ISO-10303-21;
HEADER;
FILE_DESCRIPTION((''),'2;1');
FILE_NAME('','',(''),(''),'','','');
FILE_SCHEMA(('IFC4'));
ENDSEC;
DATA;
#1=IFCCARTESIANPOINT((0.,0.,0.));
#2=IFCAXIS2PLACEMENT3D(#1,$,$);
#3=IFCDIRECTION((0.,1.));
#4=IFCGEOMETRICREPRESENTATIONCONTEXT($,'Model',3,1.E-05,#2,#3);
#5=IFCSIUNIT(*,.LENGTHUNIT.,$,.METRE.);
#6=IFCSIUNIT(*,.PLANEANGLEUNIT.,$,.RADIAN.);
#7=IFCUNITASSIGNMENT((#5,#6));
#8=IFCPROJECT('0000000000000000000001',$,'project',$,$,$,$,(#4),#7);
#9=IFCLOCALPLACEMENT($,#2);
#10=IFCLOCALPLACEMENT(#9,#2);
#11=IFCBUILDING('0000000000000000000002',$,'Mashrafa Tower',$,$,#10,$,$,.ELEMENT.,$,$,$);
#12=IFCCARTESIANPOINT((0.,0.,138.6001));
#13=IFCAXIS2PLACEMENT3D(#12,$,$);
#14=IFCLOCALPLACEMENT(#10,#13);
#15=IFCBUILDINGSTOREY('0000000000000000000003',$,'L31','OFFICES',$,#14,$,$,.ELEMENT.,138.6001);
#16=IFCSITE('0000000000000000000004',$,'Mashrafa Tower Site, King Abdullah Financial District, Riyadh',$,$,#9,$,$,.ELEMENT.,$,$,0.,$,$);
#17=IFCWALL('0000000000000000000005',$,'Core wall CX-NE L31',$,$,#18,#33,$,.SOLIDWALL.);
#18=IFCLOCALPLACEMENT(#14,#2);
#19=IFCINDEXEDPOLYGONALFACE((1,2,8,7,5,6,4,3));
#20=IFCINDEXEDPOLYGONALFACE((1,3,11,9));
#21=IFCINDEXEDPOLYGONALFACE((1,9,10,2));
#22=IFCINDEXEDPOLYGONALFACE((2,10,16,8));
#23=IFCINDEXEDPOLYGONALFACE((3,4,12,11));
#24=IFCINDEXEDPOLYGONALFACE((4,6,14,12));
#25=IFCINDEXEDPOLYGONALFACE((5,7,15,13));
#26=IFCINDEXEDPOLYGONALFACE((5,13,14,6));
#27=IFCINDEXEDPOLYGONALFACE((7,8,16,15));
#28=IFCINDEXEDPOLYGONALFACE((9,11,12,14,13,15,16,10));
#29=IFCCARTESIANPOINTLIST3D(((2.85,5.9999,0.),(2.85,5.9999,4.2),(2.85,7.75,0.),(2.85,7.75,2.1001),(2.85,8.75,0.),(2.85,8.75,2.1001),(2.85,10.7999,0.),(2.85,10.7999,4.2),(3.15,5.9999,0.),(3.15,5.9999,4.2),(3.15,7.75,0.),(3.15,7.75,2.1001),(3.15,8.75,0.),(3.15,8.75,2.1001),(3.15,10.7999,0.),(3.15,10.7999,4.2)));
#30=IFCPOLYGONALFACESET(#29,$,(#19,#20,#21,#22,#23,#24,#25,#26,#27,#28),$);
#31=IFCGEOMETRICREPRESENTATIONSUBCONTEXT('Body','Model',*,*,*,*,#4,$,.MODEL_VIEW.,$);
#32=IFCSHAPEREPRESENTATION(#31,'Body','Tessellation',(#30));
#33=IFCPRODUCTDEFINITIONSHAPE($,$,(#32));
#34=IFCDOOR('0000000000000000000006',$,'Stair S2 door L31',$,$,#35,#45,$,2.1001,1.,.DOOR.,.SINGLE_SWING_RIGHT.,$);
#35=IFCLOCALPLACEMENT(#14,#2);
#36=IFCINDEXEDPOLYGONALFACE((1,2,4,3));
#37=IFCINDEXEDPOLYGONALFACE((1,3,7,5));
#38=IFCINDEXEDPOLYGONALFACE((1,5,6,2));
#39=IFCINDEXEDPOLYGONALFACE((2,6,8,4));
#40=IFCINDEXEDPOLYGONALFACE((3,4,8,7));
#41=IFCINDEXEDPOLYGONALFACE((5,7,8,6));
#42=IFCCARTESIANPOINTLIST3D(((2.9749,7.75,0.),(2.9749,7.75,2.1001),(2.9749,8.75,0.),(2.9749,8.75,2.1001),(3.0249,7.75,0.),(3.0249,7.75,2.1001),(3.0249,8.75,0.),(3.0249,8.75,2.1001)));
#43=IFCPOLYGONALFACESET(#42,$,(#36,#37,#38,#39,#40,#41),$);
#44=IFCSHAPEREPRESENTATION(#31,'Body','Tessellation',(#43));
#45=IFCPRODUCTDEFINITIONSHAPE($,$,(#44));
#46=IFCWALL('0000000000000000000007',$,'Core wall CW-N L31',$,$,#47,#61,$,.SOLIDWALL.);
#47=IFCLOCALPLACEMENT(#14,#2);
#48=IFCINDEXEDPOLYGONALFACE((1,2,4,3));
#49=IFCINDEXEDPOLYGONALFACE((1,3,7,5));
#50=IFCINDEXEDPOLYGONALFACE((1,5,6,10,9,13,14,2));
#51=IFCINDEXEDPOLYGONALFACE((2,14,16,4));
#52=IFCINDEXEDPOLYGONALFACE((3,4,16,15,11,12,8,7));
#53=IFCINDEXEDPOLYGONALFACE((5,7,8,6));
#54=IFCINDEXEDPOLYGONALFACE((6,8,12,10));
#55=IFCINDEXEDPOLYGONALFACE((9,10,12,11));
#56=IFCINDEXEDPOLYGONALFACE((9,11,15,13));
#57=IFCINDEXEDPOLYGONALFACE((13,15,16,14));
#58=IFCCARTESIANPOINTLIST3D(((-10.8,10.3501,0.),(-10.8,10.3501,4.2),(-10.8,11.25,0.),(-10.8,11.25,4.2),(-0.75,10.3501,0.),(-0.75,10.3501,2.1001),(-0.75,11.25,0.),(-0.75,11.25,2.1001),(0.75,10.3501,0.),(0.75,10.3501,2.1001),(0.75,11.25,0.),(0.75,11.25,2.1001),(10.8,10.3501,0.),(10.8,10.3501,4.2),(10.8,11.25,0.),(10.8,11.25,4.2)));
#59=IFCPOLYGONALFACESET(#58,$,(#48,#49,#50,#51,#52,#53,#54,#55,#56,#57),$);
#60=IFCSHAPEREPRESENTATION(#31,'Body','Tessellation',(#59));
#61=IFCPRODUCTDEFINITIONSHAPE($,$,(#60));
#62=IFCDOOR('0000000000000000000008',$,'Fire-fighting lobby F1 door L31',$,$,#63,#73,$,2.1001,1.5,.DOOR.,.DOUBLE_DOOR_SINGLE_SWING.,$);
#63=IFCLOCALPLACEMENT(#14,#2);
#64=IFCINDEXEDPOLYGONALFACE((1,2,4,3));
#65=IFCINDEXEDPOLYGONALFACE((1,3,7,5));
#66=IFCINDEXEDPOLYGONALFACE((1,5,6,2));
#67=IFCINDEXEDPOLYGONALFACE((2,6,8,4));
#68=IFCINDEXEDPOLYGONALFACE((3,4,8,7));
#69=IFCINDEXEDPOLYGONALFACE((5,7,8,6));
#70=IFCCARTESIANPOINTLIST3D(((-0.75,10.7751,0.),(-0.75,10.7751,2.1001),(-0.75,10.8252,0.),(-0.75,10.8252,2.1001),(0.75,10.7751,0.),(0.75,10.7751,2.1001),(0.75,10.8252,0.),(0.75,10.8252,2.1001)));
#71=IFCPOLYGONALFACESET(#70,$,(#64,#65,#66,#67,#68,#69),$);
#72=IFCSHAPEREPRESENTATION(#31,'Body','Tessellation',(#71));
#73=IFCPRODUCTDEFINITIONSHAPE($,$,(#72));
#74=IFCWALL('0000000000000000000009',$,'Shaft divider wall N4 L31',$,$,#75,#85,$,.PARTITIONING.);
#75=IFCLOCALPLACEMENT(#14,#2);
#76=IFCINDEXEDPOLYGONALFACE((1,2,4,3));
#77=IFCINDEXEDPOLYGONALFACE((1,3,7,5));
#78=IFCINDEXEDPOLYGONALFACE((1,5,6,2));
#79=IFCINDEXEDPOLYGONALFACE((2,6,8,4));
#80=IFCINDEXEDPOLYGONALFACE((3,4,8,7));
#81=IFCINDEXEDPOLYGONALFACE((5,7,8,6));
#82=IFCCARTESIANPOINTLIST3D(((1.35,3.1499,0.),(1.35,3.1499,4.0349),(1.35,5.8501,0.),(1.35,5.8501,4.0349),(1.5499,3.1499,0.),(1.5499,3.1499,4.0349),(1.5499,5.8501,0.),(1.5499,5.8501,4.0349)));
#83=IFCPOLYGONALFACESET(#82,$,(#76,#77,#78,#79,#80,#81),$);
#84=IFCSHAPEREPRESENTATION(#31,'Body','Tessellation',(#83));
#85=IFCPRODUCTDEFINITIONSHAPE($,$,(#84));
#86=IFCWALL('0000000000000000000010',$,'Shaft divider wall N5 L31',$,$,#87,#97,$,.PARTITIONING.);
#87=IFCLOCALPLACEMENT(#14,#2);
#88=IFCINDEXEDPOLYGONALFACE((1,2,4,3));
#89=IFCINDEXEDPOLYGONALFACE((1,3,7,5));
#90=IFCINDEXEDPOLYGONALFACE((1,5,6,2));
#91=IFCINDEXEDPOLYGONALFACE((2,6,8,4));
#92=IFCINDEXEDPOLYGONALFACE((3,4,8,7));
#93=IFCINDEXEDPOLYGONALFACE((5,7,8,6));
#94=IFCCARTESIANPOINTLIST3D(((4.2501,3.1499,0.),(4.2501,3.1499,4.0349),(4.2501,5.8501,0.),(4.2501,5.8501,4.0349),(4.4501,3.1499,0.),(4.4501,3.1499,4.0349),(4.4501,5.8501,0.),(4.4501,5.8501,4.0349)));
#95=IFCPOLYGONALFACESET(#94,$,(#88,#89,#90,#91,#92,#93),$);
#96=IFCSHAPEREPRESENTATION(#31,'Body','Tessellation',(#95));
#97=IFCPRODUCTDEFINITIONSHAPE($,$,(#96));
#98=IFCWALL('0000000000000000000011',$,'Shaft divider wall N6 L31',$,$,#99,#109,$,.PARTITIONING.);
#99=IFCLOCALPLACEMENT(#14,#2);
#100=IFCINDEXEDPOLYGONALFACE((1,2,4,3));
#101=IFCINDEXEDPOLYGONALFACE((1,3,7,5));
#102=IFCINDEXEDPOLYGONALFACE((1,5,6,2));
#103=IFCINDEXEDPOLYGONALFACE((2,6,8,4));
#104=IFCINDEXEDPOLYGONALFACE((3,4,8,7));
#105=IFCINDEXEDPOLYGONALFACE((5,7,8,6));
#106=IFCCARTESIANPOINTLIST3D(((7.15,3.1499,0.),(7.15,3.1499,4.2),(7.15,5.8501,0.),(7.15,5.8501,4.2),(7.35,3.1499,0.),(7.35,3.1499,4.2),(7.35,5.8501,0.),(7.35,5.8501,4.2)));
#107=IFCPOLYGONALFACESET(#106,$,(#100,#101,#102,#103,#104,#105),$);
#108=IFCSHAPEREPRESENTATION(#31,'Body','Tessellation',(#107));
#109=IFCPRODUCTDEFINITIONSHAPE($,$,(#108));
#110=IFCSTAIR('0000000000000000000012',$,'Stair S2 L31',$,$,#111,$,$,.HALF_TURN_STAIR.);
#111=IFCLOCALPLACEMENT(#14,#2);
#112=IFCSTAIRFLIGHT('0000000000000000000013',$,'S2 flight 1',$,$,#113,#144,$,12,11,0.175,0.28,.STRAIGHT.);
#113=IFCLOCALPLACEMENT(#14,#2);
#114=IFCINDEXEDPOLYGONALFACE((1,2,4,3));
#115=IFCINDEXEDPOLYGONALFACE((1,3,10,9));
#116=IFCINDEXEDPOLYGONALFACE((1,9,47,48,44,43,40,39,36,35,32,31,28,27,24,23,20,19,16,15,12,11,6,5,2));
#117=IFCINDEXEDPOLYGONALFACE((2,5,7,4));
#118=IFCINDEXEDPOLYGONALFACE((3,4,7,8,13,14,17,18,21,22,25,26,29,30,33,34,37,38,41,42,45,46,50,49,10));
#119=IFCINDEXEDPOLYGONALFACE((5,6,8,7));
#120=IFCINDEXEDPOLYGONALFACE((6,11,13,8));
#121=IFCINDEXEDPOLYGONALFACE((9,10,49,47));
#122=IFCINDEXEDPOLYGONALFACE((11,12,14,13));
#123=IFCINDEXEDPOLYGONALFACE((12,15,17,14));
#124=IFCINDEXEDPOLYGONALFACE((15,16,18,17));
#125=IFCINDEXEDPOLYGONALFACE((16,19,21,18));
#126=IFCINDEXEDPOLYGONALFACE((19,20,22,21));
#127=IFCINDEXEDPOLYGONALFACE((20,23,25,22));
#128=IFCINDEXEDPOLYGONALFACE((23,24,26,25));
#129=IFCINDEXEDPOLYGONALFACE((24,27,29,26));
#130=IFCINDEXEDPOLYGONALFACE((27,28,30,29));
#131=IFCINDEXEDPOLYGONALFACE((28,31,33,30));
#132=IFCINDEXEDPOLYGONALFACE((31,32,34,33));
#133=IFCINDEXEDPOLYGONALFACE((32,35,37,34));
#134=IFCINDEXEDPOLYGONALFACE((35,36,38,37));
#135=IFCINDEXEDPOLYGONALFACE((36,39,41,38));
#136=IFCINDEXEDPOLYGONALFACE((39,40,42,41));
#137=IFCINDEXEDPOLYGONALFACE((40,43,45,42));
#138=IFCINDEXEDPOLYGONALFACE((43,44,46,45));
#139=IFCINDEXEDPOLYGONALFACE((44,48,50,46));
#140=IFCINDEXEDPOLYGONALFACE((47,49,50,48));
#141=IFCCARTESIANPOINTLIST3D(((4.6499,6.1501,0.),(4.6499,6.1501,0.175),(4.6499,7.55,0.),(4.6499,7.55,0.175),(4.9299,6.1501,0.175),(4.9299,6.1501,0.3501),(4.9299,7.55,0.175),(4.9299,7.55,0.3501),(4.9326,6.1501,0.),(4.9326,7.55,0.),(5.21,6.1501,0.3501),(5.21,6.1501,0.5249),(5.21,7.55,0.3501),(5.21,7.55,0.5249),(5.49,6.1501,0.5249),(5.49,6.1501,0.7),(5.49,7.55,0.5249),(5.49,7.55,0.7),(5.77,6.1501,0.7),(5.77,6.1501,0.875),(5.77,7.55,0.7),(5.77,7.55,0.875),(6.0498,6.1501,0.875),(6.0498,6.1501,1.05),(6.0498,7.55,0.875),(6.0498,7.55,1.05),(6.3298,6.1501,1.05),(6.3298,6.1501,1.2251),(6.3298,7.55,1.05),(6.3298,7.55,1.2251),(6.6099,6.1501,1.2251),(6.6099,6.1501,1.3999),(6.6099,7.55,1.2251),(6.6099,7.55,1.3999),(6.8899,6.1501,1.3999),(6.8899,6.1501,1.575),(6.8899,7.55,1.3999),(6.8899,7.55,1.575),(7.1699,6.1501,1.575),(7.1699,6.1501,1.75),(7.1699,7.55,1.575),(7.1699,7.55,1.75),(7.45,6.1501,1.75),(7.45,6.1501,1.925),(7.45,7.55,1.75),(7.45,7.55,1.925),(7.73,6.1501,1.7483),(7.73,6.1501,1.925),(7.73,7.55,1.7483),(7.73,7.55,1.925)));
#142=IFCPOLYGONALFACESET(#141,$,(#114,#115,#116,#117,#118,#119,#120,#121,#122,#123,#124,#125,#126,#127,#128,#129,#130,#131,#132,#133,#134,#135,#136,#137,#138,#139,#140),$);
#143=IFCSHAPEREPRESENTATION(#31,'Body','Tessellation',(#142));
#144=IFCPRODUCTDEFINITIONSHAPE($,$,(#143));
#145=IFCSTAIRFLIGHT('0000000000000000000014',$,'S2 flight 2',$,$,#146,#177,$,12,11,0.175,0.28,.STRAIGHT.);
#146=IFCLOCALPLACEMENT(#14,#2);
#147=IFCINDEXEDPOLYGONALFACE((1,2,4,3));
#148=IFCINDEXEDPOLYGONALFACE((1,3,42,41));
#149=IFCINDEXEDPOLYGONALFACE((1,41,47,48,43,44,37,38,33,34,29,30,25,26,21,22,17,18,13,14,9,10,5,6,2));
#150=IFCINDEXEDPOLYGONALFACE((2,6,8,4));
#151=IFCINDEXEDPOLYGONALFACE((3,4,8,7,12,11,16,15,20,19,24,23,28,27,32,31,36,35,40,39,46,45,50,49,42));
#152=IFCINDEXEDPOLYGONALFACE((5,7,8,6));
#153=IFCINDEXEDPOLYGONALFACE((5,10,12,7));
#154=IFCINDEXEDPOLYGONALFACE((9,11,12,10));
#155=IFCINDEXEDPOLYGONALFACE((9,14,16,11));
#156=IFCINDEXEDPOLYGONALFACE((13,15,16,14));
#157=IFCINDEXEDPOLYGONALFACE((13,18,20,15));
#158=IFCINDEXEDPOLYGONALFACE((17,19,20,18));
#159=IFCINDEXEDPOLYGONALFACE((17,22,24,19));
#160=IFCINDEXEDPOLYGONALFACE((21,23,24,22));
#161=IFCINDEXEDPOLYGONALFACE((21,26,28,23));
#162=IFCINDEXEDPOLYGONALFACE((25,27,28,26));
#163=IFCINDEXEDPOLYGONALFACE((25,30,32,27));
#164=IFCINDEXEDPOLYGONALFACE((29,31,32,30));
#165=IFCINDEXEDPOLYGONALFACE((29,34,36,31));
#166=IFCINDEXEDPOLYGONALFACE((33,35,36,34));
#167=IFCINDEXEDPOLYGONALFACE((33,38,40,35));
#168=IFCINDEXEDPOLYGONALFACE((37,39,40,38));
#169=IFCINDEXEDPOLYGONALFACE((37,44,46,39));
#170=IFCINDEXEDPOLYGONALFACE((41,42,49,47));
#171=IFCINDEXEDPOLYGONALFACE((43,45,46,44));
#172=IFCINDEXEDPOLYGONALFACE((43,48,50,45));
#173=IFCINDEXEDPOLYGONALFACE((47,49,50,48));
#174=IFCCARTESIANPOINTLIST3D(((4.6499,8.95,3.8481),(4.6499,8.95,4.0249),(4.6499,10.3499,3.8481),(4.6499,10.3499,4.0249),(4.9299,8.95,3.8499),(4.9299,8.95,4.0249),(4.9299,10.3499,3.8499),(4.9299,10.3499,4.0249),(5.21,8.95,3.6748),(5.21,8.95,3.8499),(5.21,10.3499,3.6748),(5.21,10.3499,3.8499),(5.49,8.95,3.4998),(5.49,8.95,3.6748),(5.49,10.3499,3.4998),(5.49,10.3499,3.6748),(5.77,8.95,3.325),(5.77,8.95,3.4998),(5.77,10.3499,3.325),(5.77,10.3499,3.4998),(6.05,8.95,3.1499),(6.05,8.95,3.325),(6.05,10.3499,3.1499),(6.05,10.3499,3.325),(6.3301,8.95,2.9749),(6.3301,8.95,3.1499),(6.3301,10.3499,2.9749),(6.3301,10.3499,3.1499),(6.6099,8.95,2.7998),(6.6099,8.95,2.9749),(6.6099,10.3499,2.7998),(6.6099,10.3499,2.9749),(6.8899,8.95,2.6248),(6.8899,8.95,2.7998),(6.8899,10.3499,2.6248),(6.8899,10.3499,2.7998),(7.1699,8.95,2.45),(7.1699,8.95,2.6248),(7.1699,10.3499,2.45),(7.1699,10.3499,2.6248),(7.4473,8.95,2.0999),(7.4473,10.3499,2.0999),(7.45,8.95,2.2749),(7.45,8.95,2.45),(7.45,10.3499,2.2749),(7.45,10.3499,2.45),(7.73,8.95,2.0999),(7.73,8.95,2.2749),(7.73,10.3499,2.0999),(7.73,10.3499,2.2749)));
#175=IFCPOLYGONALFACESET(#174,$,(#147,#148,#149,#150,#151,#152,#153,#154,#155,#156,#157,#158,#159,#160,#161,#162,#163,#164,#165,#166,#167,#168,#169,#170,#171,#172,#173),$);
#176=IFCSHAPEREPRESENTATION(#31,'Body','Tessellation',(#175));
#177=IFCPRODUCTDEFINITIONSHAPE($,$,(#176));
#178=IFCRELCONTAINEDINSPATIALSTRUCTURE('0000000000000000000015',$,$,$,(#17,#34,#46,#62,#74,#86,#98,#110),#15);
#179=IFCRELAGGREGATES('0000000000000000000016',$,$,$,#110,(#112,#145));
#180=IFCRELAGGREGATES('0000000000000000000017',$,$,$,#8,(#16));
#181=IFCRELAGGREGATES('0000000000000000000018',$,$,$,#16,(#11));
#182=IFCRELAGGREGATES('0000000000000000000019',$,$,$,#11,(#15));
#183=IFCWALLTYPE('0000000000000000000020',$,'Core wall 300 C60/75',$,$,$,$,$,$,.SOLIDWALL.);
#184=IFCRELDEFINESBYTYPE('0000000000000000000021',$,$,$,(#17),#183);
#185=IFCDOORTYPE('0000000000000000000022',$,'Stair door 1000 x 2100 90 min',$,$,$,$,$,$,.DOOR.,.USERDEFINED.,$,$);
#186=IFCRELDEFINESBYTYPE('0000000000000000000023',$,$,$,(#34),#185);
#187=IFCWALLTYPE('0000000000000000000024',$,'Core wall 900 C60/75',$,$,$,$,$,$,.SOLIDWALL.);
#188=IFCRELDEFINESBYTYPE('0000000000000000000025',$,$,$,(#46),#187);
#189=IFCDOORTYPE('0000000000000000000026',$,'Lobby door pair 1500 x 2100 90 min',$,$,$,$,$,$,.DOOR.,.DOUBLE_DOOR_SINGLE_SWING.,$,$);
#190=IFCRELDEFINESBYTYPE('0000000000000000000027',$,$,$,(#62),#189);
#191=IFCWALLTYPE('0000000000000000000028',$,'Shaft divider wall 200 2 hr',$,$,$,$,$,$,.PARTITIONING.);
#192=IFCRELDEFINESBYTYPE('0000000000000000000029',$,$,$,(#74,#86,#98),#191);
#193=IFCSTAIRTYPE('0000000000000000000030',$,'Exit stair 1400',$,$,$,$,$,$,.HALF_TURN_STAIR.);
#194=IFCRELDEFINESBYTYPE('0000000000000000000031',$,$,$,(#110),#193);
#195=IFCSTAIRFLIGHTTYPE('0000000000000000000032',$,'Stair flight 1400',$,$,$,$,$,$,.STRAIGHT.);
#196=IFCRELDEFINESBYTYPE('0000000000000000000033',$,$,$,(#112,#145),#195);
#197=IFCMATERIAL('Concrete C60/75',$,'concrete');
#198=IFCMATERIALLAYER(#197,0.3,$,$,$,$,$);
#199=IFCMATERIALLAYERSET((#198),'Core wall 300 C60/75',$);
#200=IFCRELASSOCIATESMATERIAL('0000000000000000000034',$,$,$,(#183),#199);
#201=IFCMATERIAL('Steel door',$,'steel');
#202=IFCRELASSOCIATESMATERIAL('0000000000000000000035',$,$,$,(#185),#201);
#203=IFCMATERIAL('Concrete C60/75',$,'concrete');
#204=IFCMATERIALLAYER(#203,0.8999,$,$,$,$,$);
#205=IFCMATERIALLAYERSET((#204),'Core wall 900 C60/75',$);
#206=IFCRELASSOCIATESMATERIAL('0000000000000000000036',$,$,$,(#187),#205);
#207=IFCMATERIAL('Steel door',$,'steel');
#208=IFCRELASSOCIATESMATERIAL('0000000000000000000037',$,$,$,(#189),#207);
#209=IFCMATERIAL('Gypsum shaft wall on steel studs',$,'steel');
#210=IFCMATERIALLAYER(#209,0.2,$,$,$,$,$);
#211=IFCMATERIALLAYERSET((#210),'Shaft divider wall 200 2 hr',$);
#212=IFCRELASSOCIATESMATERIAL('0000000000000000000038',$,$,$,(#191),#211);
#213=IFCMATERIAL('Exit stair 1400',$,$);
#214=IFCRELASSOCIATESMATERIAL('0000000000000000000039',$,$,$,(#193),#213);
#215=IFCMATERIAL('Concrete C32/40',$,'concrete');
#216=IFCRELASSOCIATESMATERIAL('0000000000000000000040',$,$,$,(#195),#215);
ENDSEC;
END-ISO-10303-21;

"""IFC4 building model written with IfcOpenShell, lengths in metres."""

from ifc_helpers import new_model, si_unit, direction, frame, frame_2d, origin, place, context, subcontext, project, spatial, polyline, rectangle, outline, extrude, material, layer, layer_set, type_object, element, fill, aggregate, save


model = new_model("IFC4")

# Units and contexts
model_context = context("Model", 3, precision=1e-05, world=origin(), true_north=direction((0.0, 1.0)))
body_context = subcontext(model_context, "Body", "Model", "MODEL_VIEW")
ifc_project = project(units=[si_unit("LENGTHUNIT", "METRE"), si_unit("PLANEANGLEUNIT", "RADIAN")], contexts=[model_context])

# Site, building, storey
site_placement = place(None, origin())
site = spatial("IfcSite", under=ifc_project, at=site_placement, Name="Mashrafa Tower Site, King Abdullah Financial District, Riyadh", CompositionType="ELEMENT", RefElevation=0.0)
building_placement = place(site_placement, origin())
building = spatial("IfcBuilding", under=site, at=building_placement, Name="Mashrafa Tower", CompositionType="ELEMENT")
storey_placement = place(building_placement, frame((0.0, 0.0, 138.6001)))
storey = spatial("IfcBuildingStorey", under=building, at=storey_placement, Name="L31", Description="OFFICES", CompositionType="ELEMENT", Elevation=138.6001)

# Walls, openings, doors
ifc_material_1 = material(Name="Concrete C60/75", Category="concrete")
ifc_layer_1 = layer(ifc_material_1, 0.3)
ifc_layer_set_1 = layer_set([ifc_layer_1], Name="Core wall 300 C60/75")
wall_type_1 = type_object("IfcWallType", Name="Core wall 300 C60/75", PredefinedType="SOLIDWALL", material=ifc_layer_set_1)
wall_1_placement = place(storey_placement, frame((3.0, 6.0, 0.0), z_axis=(0.0, 0.0, 1.0), x_axis=(0.0, 1.0, 0.0)))
wall_1 = element("IfcWall", 1, at=wall_1_placement, inside=storey, type_object=wall_type_1, Name="Core wall CX-NE L31", PredefinedType="SOLIDWALL", context=body_context, shape_type="SweptSolid", body=[
    extrude(rectangle(XDim=4.8, YDim=0.3, at=frame_2d((2.3999, 0.0))), origin(), (0.0, 0.0, 1.0), 4.2),
])
opening_1_placement = place(wall_1_placement, frame((1.75, 0.0, 0.0)))
opening_1 = element("IfcOpeningElement", 2, at=opening_1_placement, cuts=wall_1, PredefinedType="OPENING", context=body_context, shape_type="SweptSolid", body=[
    extrude(rectangle(XDim=1.0, YDim=2.1001, at=frame_2d((0.5, 1.05))), frame((0.0, 0.1599, 0.0), z_axis=(0.0, -1.0, 0.0), x_axis=(1.0, 0.0, 0.0)), (0.0, 0.0, 1.0), 0.3201),
])
ifc_material_2 = material(Name="Steel door", Category="steel")
door_type_1 = type_object("IfcDoorType", Name="Stair door 1000 x 2100 90 min", OperationType="USERDEFINED", PredefinedType="DOOR", material=ifc_material_2)
door_1_placement = place(opening_1_placement, frame((1.0, 0.0, 0.0), z_axis=(0.0, 0.0, 1.0), x_axis=(-1.0, 0.0, 0.0)))
door_1 = element("IfcDoor", 3, at=door_1_placement, inside=storey, type_object=door_type_1, Name="Stair S2 door L31", OperationType="SINGLE_SWING_RIGHT", OverallHeight=2.1001, OverallWidth=1.0, PredefinedType="DOOR", context=body_context, shape_type="SweptSolid", body=[
    extrude(rectangle(XDim=1.0, YDim=2.1001, at=frame_2d((0.5, 1.05))), frame((0.0, 0.0249, 0.0), z_axis=(0.0, -1.0, 0.0), x_axis=(1.0, 0.0, 0.0)), (0.0, 0.0, 1.0), 0.05),
])
fill(opening_1, door_1)
ifc_material_3 = material(Name="Concrete C60/75", Category="concrete")
ifc_layer_2 = layer(ifc_material_3, 0.8999)
ifc_layer_set_2 = layer_set([ifc_layer_2], Name="Core wall 900 C60/75")
wall_type_2 = type_object("IfcWallType", Name="Core wall 900 C60/75", PredefinedType="SOLIDWALL", material=ifc_layer_set_2)
wall_2_placement = place(storey_placement, frame((10.8, 10.8, 0.0), z_axis=(0.0, 0.0, 1.0), x_axis=(-1.0, 0.0, 0.0)))
wall_2 = element("IfcWall", 4, at=wall_2_placement, inside=storey, type_object=wall_type_2, Name="Core wall CW-N L31", PredefinedType="SOLIDWALL", context=body_context, shape_type="SweptSolid", body=[
    extrude(rectangle(XDim=21.6001, YDim=0.8999, at=frame_2d((10.8, 0.0))), origin(), (0.0, 0.0, 1.0), 4.2),
])
opening_2_placement = place(wall_2_placement, frame((10.05, 0.0, 0.0)))
opening_2 = element("IfcOpeningElement", 5, at=opening_2_placement, cuts=wall_2, PredefinedType="OPENING", context=body_context, shape_type="SweptSolid", body=[
    extrude(rectangle(XDim=1.5, YDim=2.1001, at=frame_2d((0.75, 1.05))), frame((0.0, 0.46, 0.0), z_axis=(0.0, -1.0, 0.0), x_axis=(1.0, 0.0, 0.0)), (0.0, 0.0, 1.0), 0.9199),
])
ifc_material_4 = material(Name="Steel door", Category="steel")
door_type_2 = type_object("IfcDoorType", Name="Lobby door pair 1500 x 2100 90 min", OperationType="DOUBLE_DOOR_SINGLE_SWING", PredefinedType="DOOR", material=ifc_material_4)
door_2_placement = place(opening_2_placement, origin())
door_2 = element("IfcDoor", 6, at=door_2_placement, inside=storey, type_object=door_type_2, Name="Fire-fighting lobby F1 door L31", OperationType="DOUBLE_DOOR_SINGLE_SWING", OverallHeight=2.1001, OverallWidth=1.5, PredefinedType="DOOR", context=body_context, shape_type="SweptSolid", body=[
    extrude(rectangle(XDim=1.5, YDim=2.1001, at=frame_2d((0.75, 1.05))), frame((0.0, 0.0249, 0.0), z_axis=(0.0, -1.0, 0.0), x_axis=(1.0, 0.0, 0.0)), (0.0, 0.0, 1.0), 0.05),
])
fill(opening_2, door_2)

# Walls
ifc_material_5 = material(Name="Gypsum shaft wall on steel studs", Category="steel")
ifc_layer_3 = layer(ifc_material_5, 0.2)
ifc_layer_set_3 = layer_set([ifc_layer_3], Name="Shaft divider wall 200 2 hr")
wall_type_3 = type_object("IfcWallType", Name="Shaft divider wall 200 2 hr", PredefinedType="PARTITIONING", material=ifc_layer_set_3)
for number, where, z_axis, x_axis, name in (
    (7, (1.45, 3.1499, 0.0), (0.0, 0.0, 1.0), (0.0, 1.0, 0.0), "Shaft divider wall N4 L31"),
    (8, (4.3501, 3.1499, 0.0), (0.0, 0.0, 1.0), (0.0, 1.0, 0.0), "Shaft divider wall N5 L31"),
):
    element("IfcWall", number, at=place(storey_placement, frame(where, z_axis=z_axis, x_axis=x_axis)), inside=storey, type_object=wall_type_3, Name=name, PredefinedType="PARTITIONING", context=body_context, shape_type="SweptSolid", body=[
        extrude(rectangle(XDim=2.7002, YDim=0.2, at=frame_2d((1.3501, 0.0))), origin(), (0.0, 0.0, 1.0), 4.0349),
    ])
wall_3_placement = place(storey_placement, frame((7.25, 3.1499, 0.0), z_axis=(0.0, 0.0, 1.0), x_axis=(0.0, 1.0, 0.0)))
element("IfcWall", 9, at=wall_3_placement, inside=storey, type_object=wall_type_3, Name="Shaft divider wall N6 L31", PredefinedType="PARTITIONING", context=body_context, shape_type="SweptSolid", body=[
    extrude(rectangle(XDim=2.7002, YDim=0.2, at=frame_2d((1.3501, 0.0))), origin(), (0.0, 0.0, 1.0), 4.2),
])

# Stair, stair flights
ifc_material_6 = material(Name="Exit stair 1400")
stair_type = type_object("IfcStairType", Name="Exit stair 1400", PredefinedType="HALF_TURN_STAIR", material=ifc_material_6)
stair_placement = place(storey_placement, origin())
stair = element("IfcStair", 10, at=stair_placement, inside=storey, type_object=stair_type, Name="Stair S2 L31", PredefinedType="HALF_TURN_STAIR")
ifc_material_7 = material(Name="Concrete C32/40", Category="concrete")
stair_flight_type = type_object("IfcStairFlightType", Name="Stair flight 1400", PredefinedType="STRAIGHT", material=ifc_material_7)
stair_flight_1_placement = place(storey_placement, frame((4.6499, 6.8501, 0.0), z_axis=(0.0, 0.0, 1.0), x_axis=(1.0, 0.0, 0.0)))
stair_flight_1 = element("IfcStairFlight", 11, at=stair_flight_1_placement, type_object=stair_flight_type, Name="S2 flight 1", NumberOfRisers=12, NumberOfTreads=11, PredefinedType="STRAIGHT", RiserHeight=0.175, TreadLength=0.28, context=body_context, shape_type="SweptSolid", body=[
    extrude(outline(polyline([(0.0, 0.0), (0.0, 0.175), (0.28, 0.175), (0.28, 0.3501), (0.5601, 0.3501), (0.5601, 0.5249), (0.8401, 0.5249), (0.8401, 0.7), (1.1201, 0.7), (1.1201, 0.875), (1.3999, 0.875), (1.3999, 1.05), (1.6799, 1.05), (1.6799, 1.2251), (1.96, 1.2251), (1.96, 1.3999), (2.24, 1.3999), (2.24, 1.575), (2.52, 1.575), (2.52, 1.75), (2.8, 1.75), (2.8, 1.925), (3.0801, 1.925), (3.0801, 2.1001), (3.0801, 1.7483), (0.2827, 0.0), (0.0, 0.0)])), frame((0.0, 0.7, 0.0), z_axis=(0.0, -1.0, 0.0), x_axis=(1.0, 0.0, 0.0)), (0.0, 0.0, 1.0), 1.3999),
])
stair_flight_2_placement = place(storey_placement, frame((7.73, 9.6499, 2.0999), z_axis=(0.0, 0.0, 1.0), x_axis=(-1.0, 0.0, 0.0)))
stair_flight_2 = element("IfcStairFlight", 12, at=stair_flight_2_placement, type_object=stair_flight_type, Name="S2 flight 2", NumberOfRisers=12, NumberOfTreads=11, PredefinedType="STRAIGHT", RiserHeight=0.175, TreadLength=0.28, context=body_context, shape_type="SweptSolid", body=[
    extrude(outline(polyline([(0.0, 0.0), (0.0, 0.175), (0.28, 0.175), (0.28, 0.3501), (0.5601, 0.3501), (0.5601, 0.5249), (0.8401, 0.5249), (0.8401, 0.7), (1.1201, 0.7), (1.1201, 0.875), (1.3999, 0.875), (1.3999, 1.05), (1.6799, 1.05), (1.6799, 1.2251), (1.96, 1.2251), (1.96, 1.3999), (2.24, 1.3999), (2.24, 1.575), (2.52, 1.575), (2.52, 1.75), (2.8, 1.75), (2.8, 1.925), (3.0801, 1.925), (3.0801, 2.1001), (3.0801, 1.7483), (0.2827, 0.0), (0.0, 0.0)])), frame((0.0, 0.7, 0.0), z_axis=(0.0, -1.0, 0.0), x_axis=(1.0, 0.0, 0.0)), (0.0, 0.0, 1.0), 1.3999),
])
aggregate(stair, [stair_flight_1, stair_flight_2])

save(model, "model.ifc")
